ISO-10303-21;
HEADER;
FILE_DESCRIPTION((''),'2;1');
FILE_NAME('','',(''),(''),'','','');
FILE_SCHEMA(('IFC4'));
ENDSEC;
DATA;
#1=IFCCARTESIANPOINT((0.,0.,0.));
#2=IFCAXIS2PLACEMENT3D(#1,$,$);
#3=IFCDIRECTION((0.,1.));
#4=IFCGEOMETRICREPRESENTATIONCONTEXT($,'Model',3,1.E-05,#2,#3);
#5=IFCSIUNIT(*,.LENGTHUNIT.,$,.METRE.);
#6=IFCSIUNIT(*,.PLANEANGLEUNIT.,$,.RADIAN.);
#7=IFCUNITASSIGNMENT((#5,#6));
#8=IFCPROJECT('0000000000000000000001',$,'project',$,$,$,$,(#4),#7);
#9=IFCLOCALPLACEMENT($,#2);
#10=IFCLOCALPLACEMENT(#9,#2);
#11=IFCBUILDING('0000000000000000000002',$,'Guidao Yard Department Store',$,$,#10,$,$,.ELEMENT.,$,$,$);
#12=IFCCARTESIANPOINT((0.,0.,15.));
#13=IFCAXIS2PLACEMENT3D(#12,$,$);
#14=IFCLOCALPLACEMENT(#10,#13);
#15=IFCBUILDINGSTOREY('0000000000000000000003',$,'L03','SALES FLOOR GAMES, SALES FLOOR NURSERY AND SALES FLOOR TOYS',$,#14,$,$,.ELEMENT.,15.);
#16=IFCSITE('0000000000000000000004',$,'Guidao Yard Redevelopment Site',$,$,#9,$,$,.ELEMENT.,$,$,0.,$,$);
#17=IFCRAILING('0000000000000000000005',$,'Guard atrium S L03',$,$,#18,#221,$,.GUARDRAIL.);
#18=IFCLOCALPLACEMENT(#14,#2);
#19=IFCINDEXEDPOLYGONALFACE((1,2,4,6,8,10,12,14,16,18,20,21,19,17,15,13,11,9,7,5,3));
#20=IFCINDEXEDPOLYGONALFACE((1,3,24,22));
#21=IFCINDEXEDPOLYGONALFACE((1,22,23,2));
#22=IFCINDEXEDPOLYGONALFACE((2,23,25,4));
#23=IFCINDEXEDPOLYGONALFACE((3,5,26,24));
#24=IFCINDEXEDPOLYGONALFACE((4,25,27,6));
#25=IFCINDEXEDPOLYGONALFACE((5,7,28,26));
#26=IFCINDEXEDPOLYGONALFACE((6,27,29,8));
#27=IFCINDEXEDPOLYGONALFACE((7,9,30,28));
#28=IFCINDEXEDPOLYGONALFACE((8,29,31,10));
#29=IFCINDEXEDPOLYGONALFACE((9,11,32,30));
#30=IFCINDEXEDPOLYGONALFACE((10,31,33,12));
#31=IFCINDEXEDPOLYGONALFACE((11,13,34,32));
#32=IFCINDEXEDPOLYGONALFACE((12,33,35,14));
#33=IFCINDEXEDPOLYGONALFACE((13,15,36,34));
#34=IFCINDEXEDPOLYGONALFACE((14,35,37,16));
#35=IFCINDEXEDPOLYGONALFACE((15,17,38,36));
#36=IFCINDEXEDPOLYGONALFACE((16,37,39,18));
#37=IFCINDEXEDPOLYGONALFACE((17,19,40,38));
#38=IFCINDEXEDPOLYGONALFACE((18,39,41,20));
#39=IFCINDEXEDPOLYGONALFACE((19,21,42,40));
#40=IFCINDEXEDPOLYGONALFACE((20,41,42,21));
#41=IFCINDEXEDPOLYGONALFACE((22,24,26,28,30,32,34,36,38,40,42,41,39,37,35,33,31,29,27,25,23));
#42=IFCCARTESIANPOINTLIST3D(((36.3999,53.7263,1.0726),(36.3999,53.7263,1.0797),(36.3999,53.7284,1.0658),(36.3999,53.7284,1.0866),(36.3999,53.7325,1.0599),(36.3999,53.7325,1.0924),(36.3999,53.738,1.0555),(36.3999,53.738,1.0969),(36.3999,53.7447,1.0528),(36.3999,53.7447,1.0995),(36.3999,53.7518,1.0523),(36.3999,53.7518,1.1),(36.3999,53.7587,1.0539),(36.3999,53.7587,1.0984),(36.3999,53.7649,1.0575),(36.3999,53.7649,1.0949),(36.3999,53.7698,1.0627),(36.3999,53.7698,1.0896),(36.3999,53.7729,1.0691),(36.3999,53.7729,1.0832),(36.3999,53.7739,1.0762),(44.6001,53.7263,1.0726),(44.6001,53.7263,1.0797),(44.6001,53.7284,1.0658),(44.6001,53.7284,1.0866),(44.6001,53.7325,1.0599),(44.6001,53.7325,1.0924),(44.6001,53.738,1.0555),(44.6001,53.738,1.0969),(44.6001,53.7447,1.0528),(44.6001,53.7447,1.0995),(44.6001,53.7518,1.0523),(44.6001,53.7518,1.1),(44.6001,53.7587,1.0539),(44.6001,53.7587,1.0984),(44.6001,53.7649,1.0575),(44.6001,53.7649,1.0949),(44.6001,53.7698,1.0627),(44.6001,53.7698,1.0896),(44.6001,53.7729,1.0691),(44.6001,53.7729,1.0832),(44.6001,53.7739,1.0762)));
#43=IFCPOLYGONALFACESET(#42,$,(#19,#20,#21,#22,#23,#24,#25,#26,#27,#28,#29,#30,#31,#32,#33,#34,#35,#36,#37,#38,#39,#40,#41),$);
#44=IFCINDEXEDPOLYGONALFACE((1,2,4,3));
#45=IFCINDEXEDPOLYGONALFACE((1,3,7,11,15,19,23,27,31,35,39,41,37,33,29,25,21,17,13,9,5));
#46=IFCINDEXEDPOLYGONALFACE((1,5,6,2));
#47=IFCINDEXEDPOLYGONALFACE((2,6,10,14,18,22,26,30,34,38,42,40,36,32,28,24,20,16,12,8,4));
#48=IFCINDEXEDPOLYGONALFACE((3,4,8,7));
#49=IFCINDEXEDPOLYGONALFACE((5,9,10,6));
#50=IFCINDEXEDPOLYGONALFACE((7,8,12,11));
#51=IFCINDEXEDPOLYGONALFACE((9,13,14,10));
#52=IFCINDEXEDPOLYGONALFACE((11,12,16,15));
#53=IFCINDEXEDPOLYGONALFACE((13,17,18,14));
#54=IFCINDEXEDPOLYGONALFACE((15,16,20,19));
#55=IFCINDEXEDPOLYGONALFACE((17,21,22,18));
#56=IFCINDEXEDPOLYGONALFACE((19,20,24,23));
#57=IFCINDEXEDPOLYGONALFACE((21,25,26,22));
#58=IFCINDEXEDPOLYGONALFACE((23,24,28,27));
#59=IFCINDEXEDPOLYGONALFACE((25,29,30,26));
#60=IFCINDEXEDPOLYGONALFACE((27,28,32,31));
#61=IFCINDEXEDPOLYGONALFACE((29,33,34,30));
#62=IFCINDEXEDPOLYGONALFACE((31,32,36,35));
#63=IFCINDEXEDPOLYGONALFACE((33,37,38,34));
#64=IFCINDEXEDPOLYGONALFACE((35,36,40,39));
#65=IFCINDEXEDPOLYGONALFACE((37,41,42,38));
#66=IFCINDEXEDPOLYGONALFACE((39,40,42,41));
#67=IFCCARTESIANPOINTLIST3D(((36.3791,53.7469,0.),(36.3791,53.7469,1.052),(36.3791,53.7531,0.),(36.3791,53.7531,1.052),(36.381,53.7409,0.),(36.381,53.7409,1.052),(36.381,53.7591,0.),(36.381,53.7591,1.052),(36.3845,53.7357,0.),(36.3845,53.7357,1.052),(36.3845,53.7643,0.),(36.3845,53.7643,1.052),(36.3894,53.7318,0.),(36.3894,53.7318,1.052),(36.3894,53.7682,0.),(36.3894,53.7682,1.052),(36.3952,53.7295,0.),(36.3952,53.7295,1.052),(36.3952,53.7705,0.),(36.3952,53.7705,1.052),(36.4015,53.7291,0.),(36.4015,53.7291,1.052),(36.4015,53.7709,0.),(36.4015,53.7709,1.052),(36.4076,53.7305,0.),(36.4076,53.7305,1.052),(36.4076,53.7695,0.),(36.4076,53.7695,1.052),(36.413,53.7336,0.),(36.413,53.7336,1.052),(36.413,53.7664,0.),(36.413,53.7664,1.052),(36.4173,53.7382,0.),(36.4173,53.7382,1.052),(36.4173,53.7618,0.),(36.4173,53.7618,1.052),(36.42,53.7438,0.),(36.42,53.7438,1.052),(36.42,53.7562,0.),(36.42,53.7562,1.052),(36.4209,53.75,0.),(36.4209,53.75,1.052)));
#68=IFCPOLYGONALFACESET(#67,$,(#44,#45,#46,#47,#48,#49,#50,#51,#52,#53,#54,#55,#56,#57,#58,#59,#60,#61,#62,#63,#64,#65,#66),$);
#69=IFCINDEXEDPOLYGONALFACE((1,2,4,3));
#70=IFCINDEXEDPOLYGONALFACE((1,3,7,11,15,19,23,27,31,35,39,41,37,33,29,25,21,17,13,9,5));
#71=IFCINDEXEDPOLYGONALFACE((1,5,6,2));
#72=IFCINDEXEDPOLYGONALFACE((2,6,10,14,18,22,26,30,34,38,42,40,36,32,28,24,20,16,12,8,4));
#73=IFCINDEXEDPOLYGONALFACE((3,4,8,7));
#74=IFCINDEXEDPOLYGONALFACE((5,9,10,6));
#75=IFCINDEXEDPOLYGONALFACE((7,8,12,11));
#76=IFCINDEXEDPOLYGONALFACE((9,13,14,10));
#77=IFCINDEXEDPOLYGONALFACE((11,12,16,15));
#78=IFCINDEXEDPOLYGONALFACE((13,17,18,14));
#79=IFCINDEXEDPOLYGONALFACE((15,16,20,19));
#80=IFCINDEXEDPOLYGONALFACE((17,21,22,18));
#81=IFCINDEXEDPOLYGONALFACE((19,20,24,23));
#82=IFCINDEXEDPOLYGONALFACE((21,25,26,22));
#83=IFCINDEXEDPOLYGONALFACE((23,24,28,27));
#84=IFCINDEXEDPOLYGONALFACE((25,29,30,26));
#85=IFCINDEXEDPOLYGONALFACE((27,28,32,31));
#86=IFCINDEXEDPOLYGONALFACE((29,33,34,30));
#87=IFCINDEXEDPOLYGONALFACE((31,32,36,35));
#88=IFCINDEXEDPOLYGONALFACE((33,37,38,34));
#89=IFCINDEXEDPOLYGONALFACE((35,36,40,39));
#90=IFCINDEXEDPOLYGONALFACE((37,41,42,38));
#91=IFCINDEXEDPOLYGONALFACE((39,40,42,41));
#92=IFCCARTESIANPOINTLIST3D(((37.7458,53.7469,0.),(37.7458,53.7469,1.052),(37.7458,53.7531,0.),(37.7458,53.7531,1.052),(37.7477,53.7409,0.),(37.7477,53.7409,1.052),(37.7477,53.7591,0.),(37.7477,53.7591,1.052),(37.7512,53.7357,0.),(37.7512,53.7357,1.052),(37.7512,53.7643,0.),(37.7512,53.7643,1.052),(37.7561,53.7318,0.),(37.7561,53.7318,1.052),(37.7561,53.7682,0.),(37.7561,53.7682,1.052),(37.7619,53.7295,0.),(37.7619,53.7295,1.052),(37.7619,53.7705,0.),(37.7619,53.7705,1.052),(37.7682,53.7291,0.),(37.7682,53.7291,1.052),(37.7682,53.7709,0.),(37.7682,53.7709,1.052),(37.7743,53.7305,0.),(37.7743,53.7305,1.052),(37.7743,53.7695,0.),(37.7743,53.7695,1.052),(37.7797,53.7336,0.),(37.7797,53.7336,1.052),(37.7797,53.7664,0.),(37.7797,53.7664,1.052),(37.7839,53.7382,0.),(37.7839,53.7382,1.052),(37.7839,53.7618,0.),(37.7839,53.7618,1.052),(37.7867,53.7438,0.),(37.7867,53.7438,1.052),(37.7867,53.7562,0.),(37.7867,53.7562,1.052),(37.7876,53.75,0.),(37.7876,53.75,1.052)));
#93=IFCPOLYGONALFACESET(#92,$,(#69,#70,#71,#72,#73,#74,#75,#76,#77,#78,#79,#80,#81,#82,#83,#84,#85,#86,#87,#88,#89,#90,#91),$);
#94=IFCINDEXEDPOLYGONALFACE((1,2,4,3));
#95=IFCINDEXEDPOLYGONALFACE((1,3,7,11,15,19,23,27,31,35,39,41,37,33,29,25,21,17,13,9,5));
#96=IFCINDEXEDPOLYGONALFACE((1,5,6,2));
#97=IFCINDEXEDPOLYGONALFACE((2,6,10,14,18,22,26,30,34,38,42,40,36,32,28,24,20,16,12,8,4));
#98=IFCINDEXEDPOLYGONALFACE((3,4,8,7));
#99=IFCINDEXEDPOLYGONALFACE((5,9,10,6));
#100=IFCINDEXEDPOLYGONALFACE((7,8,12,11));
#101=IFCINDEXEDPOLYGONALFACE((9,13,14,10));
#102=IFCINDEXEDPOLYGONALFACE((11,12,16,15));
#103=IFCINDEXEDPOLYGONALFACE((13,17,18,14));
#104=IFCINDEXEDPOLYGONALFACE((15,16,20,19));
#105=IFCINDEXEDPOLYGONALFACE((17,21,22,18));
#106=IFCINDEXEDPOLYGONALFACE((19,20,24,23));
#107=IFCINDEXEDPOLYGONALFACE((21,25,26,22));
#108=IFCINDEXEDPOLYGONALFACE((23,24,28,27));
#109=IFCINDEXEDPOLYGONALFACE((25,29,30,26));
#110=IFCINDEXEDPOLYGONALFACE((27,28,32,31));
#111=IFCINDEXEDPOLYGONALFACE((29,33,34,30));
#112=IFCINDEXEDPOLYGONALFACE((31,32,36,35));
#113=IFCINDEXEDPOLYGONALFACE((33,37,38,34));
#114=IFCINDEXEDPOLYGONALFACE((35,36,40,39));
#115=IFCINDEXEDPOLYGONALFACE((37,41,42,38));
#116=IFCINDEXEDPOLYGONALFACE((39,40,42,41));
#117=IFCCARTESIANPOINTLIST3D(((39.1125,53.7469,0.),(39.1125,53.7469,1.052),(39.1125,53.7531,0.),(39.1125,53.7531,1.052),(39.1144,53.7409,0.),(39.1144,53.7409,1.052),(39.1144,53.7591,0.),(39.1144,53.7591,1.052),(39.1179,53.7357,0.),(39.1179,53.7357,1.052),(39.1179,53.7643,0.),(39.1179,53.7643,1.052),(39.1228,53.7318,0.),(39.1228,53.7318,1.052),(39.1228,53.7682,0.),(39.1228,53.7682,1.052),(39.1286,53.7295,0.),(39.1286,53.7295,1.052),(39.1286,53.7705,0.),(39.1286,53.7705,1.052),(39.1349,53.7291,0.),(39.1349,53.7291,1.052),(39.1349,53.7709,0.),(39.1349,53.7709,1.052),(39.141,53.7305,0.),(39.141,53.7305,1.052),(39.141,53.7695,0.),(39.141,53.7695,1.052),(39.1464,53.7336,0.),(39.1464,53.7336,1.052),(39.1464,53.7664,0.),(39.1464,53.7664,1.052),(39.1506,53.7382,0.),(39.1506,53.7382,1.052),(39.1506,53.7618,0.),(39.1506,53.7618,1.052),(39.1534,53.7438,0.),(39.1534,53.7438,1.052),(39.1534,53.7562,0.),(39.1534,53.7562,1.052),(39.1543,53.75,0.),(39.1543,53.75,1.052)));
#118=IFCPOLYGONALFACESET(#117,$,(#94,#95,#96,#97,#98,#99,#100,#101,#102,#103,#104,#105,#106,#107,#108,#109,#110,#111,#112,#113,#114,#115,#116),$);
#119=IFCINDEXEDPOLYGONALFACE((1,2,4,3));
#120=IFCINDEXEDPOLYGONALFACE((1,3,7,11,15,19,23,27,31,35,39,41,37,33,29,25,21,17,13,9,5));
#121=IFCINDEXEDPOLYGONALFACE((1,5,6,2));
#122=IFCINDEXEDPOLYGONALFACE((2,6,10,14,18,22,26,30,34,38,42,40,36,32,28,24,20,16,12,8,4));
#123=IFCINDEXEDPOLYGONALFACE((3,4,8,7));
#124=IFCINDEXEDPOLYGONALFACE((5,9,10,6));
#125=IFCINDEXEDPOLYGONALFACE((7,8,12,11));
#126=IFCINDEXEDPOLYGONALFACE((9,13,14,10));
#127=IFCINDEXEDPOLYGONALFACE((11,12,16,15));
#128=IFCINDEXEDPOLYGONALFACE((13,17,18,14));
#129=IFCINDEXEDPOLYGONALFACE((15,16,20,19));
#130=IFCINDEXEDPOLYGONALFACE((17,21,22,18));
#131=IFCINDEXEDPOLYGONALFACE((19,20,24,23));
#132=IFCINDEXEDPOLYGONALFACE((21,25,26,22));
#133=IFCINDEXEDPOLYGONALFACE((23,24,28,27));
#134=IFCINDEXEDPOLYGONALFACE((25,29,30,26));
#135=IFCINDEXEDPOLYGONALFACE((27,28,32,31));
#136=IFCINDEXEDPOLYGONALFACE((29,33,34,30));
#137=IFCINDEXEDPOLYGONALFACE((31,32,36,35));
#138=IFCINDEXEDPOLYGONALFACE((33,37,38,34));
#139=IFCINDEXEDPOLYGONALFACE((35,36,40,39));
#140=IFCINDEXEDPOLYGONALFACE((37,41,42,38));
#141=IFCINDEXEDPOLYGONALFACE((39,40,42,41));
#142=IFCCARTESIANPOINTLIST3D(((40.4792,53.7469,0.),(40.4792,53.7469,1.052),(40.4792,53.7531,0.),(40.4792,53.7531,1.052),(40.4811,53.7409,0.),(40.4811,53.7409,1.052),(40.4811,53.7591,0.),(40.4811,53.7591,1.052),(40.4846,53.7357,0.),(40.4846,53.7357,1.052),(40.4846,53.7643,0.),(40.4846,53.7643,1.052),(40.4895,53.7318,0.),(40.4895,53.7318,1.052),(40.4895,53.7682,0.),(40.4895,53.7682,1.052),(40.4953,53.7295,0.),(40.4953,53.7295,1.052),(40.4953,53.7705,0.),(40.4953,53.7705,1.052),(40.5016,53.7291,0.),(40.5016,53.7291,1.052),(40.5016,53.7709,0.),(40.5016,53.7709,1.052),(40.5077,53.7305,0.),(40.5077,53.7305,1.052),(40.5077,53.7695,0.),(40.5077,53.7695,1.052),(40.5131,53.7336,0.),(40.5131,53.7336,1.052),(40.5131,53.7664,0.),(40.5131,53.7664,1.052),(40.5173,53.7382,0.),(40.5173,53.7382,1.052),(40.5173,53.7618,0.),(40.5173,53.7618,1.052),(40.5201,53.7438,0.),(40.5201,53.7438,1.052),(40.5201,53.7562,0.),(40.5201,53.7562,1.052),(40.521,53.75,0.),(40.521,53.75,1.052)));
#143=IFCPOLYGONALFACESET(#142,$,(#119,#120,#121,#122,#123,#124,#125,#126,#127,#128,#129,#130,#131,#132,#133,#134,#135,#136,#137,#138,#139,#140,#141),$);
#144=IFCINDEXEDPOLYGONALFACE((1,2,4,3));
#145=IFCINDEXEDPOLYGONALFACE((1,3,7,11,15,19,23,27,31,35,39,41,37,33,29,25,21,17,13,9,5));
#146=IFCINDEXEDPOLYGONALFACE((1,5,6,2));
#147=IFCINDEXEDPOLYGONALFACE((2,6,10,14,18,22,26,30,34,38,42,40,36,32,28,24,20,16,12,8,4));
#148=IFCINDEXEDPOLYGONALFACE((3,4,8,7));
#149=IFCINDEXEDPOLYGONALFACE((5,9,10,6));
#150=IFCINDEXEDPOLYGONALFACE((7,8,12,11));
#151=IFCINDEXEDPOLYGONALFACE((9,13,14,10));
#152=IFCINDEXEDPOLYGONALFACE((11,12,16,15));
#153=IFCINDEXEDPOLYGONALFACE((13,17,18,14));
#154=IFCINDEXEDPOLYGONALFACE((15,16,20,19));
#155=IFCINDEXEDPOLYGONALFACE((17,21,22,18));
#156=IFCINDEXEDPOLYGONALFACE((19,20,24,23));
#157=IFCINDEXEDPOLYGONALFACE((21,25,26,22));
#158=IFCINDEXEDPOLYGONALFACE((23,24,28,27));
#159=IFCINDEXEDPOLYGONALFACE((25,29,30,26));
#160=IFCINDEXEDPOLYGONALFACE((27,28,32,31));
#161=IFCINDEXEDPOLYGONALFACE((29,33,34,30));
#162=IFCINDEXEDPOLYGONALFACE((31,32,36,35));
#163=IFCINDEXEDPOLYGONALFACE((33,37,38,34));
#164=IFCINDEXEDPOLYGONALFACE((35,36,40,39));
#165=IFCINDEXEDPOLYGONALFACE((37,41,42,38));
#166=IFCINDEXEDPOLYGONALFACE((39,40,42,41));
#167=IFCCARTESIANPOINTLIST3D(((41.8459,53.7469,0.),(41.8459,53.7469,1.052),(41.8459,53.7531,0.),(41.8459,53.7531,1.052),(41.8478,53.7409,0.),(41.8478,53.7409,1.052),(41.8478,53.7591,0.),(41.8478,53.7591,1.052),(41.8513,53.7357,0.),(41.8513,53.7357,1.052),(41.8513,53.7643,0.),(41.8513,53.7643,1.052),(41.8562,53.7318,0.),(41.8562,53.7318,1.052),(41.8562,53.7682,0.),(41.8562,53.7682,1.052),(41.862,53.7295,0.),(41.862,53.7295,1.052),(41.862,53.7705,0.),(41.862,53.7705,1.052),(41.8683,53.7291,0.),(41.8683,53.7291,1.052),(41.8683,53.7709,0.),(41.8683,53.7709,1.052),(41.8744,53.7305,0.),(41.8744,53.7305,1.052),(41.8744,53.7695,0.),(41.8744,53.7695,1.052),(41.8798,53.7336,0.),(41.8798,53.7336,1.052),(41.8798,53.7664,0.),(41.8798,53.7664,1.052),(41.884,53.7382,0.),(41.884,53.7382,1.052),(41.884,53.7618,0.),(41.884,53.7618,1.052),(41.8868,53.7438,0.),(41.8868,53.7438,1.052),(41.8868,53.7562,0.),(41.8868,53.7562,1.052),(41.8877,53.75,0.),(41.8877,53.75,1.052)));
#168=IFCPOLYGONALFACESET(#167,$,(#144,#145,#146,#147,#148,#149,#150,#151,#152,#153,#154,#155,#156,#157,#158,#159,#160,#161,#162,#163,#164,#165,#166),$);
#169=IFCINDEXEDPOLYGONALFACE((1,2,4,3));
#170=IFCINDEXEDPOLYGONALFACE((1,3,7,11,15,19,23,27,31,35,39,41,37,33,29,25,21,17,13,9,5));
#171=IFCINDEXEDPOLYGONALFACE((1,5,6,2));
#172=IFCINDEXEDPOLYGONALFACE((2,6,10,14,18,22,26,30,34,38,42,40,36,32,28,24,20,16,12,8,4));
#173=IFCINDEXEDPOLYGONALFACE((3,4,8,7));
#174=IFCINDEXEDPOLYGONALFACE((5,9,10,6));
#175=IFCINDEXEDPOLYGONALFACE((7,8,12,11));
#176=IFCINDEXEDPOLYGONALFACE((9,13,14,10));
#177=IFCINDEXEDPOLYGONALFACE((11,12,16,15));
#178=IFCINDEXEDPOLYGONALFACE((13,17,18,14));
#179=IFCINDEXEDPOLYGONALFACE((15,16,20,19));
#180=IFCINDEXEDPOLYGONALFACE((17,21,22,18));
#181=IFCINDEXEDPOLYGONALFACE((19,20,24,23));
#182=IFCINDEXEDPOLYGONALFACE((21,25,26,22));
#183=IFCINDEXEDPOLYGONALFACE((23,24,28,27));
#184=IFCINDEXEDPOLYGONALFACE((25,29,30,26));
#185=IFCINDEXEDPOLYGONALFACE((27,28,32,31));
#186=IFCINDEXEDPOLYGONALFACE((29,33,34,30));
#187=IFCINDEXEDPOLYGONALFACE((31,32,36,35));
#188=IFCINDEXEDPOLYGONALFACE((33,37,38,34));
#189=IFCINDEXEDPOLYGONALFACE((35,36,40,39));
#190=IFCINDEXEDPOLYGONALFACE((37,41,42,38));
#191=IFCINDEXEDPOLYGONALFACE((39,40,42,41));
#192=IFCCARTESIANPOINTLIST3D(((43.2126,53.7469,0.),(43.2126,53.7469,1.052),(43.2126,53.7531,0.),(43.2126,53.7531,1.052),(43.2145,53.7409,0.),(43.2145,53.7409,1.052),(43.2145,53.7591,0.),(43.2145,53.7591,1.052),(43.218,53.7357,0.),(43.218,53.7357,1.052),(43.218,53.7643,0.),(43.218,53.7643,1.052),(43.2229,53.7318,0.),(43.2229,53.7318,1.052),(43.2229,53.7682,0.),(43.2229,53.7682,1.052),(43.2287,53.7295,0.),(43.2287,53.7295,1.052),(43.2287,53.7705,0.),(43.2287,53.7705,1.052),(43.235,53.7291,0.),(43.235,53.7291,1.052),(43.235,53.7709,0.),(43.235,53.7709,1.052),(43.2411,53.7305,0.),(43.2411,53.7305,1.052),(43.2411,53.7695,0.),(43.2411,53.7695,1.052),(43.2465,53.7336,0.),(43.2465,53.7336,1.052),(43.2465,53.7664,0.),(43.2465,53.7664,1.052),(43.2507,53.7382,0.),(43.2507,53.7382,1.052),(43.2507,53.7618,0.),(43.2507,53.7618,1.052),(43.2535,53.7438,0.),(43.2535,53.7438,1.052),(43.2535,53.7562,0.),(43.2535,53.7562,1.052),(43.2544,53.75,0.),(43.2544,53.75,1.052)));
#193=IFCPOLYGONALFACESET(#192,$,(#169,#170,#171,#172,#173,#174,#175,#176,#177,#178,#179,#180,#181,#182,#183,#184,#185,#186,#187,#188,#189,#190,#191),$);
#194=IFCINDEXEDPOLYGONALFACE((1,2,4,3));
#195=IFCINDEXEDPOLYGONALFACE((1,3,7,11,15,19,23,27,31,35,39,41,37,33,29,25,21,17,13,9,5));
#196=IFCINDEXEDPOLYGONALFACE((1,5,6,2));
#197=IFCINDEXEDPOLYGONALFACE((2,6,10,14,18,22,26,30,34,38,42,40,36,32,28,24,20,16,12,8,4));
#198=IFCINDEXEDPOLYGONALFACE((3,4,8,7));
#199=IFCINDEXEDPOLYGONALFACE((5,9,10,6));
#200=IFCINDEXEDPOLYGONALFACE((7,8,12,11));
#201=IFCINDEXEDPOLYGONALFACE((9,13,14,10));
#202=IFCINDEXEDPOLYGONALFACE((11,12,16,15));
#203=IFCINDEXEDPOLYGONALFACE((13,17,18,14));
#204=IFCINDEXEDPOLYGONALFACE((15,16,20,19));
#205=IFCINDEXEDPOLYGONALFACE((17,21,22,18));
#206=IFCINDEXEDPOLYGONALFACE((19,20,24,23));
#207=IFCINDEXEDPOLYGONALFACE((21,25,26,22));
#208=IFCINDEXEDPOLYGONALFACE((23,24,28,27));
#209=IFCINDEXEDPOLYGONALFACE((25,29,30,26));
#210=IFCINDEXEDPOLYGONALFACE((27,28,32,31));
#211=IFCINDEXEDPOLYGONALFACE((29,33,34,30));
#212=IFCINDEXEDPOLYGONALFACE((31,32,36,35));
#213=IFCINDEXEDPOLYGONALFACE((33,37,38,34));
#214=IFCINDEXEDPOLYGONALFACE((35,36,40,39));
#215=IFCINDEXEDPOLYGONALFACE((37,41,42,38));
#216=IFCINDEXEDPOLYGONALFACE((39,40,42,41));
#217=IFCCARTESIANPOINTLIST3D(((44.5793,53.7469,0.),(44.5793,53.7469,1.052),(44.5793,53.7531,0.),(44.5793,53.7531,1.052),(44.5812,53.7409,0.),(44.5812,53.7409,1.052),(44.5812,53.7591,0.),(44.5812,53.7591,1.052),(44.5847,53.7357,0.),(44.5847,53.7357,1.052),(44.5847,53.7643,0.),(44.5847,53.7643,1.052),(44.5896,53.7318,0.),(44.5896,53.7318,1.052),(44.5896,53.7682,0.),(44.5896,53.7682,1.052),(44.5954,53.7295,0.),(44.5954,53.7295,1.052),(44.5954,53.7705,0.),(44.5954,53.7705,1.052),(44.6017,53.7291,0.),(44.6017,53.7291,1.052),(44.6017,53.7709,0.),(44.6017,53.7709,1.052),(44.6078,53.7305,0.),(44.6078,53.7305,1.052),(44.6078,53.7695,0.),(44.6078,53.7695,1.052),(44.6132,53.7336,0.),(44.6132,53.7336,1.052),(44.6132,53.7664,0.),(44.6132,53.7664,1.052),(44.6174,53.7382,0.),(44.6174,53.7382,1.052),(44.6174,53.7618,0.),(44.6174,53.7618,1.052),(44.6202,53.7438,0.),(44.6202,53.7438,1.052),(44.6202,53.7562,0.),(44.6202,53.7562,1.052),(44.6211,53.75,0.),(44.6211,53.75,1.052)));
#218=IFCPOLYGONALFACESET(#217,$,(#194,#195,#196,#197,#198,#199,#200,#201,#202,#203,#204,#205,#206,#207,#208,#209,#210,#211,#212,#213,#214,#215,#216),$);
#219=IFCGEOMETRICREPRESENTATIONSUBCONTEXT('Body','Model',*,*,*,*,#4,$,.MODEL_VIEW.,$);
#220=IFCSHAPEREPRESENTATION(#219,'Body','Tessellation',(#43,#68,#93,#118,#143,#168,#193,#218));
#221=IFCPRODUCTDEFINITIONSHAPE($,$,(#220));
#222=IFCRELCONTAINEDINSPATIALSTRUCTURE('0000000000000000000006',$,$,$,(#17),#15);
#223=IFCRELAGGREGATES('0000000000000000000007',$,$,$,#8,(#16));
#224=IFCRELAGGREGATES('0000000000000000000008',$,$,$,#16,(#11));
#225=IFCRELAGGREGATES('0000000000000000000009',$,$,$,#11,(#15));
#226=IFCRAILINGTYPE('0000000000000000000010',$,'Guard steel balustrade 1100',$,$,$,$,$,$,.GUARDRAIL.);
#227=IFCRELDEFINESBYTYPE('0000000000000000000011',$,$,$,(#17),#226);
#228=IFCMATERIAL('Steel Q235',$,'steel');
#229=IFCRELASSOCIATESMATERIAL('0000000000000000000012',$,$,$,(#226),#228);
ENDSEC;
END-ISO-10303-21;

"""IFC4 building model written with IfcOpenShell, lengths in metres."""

from ifc_helpers import new_model, si_unit, direction, frame, origin, origin_2d, place, context, subcontext, project, spatial, circle, extrude, material, type_object, element, save


model = new_model("IFC4")

# Units and contexts
model_context = context("Model", 3, precision=1e-05, world=origin(), true_north=direction((0.0, 1.0)))
body_context = subcontext(model_context, "Body", "Model", "MODEL_VIEW")
ifc_project = project(units=[si_unit("LENGTHUNIT", "METRE"), si_unit("PLANEANGLEUNIT", "RADIAN")], contexts=[model_context])

# Site, building, storey
site_placement = place(None, origin())
site = spatial("IfcSite", under=ifc_project, at=site_placement, Name="Guidao Yard Redevelopment Site", CompositionType="ELEMENT", RefElevation=0.0)
building_placement = place(site_placement, origin())
building = spatial("IfcBuilding", under=site, at=building_placement, Name="Guidao Yard Department Store", CompositionType="ELEMENT")
storey_placement = place(building_placement, frame((0.0, 0.0, 15.0)))
storey = spatial("IfcBuildingStorey", under=building, at=storey_placement, Name="L03", Description="SALES FLOOR GAMES, SALES FLOOR NURSERY AND SALES FLOOR TOYS", CompositionType="ELEMENT", Elevation=15.0)

# Railing
ifc_material_1 = material(Name="Steel Q235", Category="steel")
railing_type = type_object("IfcRailingType", Name="Guard steel balustrade 1100", PredefinedType="GUARDRAIL", material=ifc_material_1)
railing_placement = place(storey_placement, frame((36.3999, 53.75, 0.0)))
element("IfcRailing", 1, at=railing_placement, inside=storey, type_object=railing_type, Name="Guard atrium S L03", PredefinedType="GUARDRAIL", context=body_context, shape_type="SweptSolid", body=[
    extrude(circle(Radius=0.0239, at=origin_2d()), frame((0.0, 0.0, 1.0762), z_axis=(1.0, 0.0, 0.0), x_axis=(0.0, 1.0, 0.0)), (0.0, 0.0, 1.0), 8.2002),
    extrude(circle(Radius=0.021, at=origin_2d()), origin(), (0.0, 0.0, 1.0), 1.052),
    extrude(circle(Radius=0.021, at=origin_2d()), frame((1.3667, 0.0, 0.0)), (0.0, 0.0, 1.0), 1.052),
    extrude(circle(Radius=0.021, at=origin_2d()), frame((2.7334, 0.0, 0.0)), (0.0, 0.0, 1.0), 1.052),
    extrude(circle(Radius=0.021, at=origin_2d()), frame((4.1001, 0.0, 0.0)), (0.0, 0.0, 1.0), 1.052),
    extrude(circle(Radius=0.021, at=origin_2d()), frame((5.4668, 0.0, 0.0)), (0.0, 0.0, 1.0), 1.052),
    extrude(circle(Radius=0.021, at=origin_2d()), frame((6.8335, 0.0, 0.0)), (0.0, 0.0, 1.0), 1.052),
    extrude(circle(Radius=0.021, at=origin_2d()), frame((8.2002, 0.0, 0.0)), (0.0, 0.0, 1.0), 1.052),
])

save(model, "model.ifc")
